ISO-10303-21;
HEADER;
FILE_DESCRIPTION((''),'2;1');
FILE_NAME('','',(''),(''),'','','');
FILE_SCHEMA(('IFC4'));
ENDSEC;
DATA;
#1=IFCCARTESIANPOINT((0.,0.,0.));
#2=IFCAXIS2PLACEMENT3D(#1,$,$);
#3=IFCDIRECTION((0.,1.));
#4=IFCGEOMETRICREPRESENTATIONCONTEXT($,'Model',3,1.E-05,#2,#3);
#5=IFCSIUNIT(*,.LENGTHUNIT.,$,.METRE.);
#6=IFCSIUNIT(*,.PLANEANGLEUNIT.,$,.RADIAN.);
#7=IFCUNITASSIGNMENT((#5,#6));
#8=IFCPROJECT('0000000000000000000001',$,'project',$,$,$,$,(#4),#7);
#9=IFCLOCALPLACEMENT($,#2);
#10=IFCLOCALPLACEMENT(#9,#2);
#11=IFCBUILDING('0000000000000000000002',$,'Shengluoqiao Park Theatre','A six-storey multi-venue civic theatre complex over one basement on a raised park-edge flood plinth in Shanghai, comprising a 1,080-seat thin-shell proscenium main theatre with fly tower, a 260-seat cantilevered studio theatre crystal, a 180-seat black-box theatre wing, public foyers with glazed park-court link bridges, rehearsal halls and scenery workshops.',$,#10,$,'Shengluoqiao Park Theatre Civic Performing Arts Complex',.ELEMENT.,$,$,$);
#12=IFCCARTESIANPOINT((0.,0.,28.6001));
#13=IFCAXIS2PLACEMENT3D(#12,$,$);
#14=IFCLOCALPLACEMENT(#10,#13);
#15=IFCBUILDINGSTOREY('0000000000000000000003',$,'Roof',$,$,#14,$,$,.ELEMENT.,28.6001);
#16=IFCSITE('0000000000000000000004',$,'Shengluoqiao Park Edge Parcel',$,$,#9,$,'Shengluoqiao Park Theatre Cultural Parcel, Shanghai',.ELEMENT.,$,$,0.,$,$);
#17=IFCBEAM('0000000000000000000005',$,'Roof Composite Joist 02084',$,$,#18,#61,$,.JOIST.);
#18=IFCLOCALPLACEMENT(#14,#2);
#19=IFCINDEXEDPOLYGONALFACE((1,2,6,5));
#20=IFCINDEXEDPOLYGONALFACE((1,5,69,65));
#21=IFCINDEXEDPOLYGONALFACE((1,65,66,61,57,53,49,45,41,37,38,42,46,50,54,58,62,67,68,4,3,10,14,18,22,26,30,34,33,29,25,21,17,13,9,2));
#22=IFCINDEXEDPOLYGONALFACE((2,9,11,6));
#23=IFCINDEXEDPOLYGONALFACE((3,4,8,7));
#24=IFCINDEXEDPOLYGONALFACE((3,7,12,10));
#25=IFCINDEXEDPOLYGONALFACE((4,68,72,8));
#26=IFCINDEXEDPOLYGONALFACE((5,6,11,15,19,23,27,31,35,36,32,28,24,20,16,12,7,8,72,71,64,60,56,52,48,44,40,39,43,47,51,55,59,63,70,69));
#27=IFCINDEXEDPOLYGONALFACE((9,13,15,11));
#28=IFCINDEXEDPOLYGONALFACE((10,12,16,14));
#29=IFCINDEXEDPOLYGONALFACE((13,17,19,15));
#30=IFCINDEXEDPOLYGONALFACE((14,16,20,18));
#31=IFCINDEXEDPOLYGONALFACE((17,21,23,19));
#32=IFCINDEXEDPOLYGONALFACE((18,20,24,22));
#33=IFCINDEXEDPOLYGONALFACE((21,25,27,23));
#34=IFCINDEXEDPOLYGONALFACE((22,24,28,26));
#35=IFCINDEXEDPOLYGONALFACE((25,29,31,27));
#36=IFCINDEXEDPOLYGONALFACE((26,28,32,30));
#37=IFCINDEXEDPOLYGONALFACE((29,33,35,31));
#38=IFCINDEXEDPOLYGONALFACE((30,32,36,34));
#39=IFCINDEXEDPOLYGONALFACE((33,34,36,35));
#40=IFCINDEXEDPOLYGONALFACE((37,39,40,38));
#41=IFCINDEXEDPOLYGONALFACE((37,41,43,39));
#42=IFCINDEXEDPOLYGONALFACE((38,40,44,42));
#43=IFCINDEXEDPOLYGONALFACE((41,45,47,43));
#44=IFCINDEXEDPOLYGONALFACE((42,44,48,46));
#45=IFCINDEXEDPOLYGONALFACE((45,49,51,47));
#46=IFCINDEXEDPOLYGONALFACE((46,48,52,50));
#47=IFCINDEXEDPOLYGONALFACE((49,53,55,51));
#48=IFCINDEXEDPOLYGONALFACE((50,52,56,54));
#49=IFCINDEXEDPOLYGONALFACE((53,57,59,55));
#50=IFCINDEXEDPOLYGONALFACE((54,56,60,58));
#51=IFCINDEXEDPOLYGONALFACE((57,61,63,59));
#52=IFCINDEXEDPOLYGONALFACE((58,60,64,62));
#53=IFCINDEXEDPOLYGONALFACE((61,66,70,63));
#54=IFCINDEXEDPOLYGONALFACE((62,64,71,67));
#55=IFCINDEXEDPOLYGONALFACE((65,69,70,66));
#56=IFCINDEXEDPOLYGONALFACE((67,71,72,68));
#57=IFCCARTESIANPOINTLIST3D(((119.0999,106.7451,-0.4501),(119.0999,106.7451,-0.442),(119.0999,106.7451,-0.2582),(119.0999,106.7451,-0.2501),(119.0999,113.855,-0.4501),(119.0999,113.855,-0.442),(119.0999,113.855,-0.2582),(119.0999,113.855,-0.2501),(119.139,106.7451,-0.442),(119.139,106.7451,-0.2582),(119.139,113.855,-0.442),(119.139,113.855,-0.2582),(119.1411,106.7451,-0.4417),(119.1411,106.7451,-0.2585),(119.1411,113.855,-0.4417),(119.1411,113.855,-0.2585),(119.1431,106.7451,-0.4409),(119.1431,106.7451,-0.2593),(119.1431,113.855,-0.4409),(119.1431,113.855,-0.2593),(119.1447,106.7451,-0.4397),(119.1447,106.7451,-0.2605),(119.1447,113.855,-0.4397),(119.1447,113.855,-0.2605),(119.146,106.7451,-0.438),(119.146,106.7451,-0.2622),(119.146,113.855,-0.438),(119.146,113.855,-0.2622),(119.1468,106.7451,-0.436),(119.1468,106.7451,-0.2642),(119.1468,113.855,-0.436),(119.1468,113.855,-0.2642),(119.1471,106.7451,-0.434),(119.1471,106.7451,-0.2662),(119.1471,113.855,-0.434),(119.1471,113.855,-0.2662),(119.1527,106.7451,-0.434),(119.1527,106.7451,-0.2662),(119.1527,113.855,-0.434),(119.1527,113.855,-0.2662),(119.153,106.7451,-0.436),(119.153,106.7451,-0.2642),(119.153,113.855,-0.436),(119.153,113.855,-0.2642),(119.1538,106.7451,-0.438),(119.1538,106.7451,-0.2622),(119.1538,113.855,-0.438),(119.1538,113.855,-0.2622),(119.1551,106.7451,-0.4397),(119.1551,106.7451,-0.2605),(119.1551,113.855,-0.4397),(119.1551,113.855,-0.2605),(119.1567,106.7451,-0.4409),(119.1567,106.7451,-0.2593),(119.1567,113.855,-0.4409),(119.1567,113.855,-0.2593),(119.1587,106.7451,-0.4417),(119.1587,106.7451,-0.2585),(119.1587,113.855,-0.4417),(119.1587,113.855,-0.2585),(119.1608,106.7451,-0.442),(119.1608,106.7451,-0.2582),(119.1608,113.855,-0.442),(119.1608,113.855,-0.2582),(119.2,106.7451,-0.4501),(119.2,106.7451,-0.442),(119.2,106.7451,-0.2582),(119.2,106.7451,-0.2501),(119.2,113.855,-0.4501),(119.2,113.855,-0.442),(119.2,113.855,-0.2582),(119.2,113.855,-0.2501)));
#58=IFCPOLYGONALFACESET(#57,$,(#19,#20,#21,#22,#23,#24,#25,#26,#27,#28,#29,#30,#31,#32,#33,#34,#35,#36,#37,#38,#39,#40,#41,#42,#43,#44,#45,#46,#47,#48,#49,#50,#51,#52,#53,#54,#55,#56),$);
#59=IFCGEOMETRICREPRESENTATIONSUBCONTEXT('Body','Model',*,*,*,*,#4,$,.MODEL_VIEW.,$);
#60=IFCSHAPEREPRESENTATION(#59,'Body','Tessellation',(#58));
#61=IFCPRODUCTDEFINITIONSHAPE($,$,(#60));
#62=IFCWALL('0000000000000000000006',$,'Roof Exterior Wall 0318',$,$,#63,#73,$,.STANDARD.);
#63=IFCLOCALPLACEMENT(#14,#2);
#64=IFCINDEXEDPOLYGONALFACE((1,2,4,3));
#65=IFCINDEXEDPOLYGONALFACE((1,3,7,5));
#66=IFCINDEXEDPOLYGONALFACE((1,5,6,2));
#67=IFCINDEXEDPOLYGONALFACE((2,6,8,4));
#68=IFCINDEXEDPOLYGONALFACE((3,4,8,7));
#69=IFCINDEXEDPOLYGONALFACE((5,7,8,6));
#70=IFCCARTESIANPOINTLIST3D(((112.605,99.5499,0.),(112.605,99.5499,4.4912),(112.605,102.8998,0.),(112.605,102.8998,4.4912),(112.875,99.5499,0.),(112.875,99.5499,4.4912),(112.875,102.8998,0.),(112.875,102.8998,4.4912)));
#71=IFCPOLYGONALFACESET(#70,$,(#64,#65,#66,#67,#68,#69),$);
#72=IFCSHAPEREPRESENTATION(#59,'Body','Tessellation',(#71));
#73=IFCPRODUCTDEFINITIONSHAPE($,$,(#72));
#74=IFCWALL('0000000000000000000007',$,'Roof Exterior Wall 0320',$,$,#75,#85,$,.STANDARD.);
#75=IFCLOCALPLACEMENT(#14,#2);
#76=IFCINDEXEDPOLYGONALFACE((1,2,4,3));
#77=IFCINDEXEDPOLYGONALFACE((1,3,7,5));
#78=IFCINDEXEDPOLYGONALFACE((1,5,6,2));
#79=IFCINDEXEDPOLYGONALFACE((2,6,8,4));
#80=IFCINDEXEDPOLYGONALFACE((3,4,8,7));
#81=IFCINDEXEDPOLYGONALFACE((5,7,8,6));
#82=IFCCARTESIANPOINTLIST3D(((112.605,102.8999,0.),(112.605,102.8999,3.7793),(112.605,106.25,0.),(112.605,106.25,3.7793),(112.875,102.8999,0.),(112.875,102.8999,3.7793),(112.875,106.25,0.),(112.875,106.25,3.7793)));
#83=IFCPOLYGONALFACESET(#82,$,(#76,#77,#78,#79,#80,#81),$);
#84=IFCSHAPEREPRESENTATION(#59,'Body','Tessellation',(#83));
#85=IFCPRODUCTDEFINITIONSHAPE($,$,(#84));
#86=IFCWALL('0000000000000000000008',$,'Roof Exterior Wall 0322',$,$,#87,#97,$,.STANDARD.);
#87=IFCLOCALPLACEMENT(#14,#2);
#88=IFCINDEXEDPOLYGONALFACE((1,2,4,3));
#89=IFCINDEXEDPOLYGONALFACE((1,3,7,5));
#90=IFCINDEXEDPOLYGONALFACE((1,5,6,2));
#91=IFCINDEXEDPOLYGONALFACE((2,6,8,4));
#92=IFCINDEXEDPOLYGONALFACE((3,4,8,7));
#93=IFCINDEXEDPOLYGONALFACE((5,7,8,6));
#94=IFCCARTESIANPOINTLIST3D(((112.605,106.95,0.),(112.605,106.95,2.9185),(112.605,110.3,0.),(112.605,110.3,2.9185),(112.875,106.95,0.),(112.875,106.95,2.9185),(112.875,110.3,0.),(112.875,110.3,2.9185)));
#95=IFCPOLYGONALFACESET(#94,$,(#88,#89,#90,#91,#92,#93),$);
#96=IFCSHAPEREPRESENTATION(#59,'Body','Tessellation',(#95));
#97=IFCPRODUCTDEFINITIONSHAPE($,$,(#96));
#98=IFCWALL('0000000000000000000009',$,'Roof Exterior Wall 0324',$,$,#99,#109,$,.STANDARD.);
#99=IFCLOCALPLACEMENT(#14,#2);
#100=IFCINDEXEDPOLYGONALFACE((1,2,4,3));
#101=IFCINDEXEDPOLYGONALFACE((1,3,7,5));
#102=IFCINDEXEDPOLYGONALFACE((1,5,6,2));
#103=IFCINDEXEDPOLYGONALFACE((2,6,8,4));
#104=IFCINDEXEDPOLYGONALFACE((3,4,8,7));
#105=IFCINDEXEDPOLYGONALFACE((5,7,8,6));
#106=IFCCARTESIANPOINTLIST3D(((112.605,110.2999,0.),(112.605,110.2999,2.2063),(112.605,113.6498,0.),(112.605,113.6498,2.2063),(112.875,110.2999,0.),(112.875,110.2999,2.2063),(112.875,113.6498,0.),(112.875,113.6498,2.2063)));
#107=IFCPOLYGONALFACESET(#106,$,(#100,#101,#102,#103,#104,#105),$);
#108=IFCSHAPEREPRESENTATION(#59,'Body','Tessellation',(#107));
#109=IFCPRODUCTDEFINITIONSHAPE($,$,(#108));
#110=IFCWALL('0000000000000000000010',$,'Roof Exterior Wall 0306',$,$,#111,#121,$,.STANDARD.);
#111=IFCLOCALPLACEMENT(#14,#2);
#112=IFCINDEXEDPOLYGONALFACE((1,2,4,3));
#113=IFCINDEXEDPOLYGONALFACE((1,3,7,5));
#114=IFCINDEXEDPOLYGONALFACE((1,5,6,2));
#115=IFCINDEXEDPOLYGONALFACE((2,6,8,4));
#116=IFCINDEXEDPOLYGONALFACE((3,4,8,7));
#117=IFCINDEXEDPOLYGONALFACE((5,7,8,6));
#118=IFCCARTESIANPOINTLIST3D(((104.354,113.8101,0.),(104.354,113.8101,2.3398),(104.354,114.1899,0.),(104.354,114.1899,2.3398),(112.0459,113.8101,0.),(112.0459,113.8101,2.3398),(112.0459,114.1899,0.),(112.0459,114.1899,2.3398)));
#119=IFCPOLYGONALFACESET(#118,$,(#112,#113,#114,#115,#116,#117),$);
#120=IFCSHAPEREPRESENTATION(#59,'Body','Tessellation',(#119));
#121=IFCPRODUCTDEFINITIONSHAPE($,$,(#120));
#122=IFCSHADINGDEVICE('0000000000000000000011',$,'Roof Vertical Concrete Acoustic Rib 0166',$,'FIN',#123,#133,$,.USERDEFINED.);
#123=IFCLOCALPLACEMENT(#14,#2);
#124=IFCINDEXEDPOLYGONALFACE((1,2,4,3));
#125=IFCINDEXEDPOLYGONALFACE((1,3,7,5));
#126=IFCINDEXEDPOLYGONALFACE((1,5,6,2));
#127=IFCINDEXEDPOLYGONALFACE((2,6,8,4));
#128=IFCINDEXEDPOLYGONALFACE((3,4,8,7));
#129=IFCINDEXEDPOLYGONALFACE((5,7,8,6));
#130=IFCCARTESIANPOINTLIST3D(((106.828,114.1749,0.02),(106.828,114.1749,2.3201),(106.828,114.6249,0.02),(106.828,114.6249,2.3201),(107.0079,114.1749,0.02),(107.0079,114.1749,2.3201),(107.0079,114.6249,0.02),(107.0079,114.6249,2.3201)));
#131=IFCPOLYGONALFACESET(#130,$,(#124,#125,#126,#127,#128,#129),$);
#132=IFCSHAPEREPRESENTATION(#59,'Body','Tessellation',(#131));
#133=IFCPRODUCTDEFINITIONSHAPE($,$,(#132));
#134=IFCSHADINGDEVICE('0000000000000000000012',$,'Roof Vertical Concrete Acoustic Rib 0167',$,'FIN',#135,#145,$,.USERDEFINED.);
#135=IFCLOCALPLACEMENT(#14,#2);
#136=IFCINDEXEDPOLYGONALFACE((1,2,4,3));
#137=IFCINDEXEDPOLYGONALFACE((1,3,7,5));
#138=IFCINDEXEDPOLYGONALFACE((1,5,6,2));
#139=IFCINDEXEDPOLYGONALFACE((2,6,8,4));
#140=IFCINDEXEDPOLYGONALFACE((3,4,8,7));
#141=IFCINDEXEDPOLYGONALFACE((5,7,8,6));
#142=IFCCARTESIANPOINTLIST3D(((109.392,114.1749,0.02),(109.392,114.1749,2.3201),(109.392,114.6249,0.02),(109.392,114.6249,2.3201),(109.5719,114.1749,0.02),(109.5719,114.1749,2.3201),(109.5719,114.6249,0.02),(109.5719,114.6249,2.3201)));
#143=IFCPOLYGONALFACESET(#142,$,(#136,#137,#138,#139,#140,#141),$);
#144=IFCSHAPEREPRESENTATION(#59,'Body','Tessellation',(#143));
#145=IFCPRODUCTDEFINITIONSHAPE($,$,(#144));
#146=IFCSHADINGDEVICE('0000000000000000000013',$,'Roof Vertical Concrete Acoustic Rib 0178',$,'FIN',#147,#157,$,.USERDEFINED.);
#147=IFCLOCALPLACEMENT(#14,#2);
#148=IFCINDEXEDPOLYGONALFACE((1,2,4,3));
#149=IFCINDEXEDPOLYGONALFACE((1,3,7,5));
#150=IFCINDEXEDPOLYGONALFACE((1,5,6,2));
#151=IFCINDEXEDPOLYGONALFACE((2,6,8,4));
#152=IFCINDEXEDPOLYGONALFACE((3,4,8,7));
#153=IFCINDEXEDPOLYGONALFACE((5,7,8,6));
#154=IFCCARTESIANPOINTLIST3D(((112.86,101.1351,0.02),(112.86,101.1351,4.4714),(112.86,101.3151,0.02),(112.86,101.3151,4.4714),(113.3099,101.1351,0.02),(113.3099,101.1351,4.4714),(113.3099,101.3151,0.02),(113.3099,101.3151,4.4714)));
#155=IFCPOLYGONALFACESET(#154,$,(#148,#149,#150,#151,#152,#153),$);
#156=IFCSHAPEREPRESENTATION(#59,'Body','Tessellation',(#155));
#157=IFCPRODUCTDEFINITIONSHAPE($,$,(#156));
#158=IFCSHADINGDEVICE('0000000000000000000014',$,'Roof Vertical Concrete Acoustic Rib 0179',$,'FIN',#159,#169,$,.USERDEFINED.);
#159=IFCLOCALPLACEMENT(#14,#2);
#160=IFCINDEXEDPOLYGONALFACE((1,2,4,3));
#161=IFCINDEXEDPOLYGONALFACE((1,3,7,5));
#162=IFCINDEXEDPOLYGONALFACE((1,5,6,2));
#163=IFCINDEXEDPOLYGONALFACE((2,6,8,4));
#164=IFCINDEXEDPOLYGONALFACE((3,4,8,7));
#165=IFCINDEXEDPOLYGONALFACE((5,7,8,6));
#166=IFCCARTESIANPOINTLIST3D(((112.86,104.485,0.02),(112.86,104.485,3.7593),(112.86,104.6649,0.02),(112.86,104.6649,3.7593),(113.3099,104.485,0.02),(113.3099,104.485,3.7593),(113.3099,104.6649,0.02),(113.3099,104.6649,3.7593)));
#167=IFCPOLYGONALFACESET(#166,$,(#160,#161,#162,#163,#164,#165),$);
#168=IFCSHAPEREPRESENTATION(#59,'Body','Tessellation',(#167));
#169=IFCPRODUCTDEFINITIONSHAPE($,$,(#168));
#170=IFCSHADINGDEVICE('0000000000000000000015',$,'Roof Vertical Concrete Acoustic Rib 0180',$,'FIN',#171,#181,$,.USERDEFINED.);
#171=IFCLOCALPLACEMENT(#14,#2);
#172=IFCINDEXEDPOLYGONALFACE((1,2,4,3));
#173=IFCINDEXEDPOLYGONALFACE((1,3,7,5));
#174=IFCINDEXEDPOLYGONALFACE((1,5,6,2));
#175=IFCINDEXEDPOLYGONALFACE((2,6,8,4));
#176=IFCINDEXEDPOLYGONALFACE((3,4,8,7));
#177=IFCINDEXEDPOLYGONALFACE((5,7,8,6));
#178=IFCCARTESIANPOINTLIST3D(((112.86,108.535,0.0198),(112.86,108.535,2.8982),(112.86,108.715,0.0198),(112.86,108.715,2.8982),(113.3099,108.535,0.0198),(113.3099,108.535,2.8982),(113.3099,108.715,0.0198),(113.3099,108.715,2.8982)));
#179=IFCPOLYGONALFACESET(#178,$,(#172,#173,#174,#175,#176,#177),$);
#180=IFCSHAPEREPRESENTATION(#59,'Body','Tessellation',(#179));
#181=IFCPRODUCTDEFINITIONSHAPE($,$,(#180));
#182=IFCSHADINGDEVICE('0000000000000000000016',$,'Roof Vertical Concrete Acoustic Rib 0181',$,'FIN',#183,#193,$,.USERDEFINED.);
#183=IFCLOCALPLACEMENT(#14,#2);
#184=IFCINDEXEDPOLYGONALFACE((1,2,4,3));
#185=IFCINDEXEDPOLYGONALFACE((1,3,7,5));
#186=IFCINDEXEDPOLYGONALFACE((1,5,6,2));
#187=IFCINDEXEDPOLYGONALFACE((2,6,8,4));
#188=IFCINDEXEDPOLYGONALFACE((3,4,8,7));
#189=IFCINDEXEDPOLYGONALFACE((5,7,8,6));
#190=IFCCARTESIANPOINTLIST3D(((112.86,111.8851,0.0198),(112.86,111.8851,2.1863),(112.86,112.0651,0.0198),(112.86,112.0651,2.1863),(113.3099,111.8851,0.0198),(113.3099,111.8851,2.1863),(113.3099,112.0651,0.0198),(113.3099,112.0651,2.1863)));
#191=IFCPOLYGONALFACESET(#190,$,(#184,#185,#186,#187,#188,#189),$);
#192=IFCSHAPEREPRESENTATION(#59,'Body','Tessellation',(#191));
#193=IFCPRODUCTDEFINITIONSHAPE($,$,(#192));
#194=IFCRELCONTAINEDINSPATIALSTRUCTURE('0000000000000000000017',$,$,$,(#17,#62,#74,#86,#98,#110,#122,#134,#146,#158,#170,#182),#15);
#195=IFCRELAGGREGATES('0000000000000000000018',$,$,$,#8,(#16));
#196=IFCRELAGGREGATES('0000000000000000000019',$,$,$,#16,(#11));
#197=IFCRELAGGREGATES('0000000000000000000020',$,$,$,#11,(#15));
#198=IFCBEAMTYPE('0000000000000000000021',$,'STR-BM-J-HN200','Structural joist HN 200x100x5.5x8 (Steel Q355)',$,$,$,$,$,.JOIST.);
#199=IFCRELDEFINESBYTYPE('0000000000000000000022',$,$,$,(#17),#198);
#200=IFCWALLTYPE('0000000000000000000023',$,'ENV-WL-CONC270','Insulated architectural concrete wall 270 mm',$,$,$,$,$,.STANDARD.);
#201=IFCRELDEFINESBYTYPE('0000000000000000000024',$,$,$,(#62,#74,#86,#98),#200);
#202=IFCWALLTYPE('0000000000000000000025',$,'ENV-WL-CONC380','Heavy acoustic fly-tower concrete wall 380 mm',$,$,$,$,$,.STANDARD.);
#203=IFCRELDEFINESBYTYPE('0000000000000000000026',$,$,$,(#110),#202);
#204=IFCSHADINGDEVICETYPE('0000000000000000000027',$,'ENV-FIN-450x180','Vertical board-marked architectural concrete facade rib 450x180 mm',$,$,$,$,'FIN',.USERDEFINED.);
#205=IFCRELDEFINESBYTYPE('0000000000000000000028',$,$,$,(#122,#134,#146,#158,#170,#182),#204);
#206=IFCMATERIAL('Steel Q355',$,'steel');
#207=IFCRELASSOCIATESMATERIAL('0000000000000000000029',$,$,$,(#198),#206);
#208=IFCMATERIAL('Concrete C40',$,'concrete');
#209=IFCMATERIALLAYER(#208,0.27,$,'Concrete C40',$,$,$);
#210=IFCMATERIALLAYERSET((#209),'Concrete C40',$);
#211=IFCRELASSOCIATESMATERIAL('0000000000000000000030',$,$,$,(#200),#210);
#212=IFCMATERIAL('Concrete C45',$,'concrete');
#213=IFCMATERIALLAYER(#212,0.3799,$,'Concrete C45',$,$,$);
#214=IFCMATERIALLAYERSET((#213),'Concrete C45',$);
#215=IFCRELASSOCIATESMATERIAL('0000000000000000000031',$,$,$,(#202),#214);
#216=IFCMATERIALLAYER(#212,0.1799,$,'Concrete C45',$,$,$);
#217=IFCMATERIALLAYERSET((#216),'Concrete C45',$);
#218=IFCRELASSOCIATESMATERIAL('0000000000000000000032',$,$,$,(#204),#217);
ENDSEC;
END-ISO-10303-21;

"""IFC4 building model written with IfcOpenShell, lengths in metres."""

from ifc_helpers import new_model, si_unit, direction, frame, frame_2d, origin, origin_2d, place, context, subcontext, project, spatial, rectangle, i_section, extrude, material, layer, layer_set, material_profile, profile_set, type_object, element, save


model = new_model("IFC4")

# Units and contexts
model_context = context("Model", 3, precision=1e-05, world=origin(), true_north=direction((0.0, 1.0)))
body_context = subcontext(model_context, "Body", "Model", "MODEL_VIEW")
ifc_project = project(units=[si_unit("LENGTHUNIT", "METRE"), si_unit("PLANEANGLEUNIT", "RADIAN")], contexts=[model_context])

# Site, building, storey
site_placement = place(None, origin())
site = spatial("IfcSite", under=ifc_project, at=site_placement, Name="Shengluoqiao Park Edge Parcel", LongName="Shengluoqiao Park Theatre Cultural Parcel, Shanghai", CompositionType="ELEMENT", RefElevation=0.0)
building_placement = place(site_placement, origin())
building = spatial("IfcBuilding", under=site, at=building_placement, Name="Shengluoqiao Park Theatre", Description="A six-storey multi-venue civic theatre complex over one basement on a raised park-edge flood plinth in Shanghai, comprising a 1,080-seat thin-shell proscenium main theatre with fly tower, a 260-seat cantilevered studio theatre crystal, a 180-seat black-box theatre wing, public foyers with glazed park-court link bridges, rehearsal halls and scenery workshops.", LongName="Shengluoqiao Park Theatre Civic Performing Arts Complex", CompositionType="ELEMENT")
storey_placement = place(building_placement, frame((0.0, 0.0, 28.6001)))
storey = spatial("IfcBuildingStorey", under=building, at=storey_placement, Name="Roof", CompositionType="ELEMENT", Elevation=28.6001)

# Beam
ifc_material_1 = material(Name="Steel Q355", Category="steel")
ifc_material_profile_1 = material_profile(ifc_material_1, i_section(OverallWidth=0.1001, OverallDepth=0.2, WebThickness=0.0056, FlangeThickness=0.0081, FilletRadius=0.0081, at=origin_2d()), Name="HN 200x100x5.5x8")
ifc_profile_set_1 = profile_set([ifc_material_profile_1], Name="Steel Q355")
beam_type_1 = type_object("IfcBeamType", Name="STR-BM-J-HN200", Description="Structural joist HN 200x100x5.5x8 (Steel Q355)", PredefinedType="JOIST", material=ifc_profile_set_1)
for number, where, z_axis, x_axis, name in (
    (1, (119.1499, 106.7451, -0.3501), (0.0, 1.0, 0.0), (-1.0, 0.0, 0.0), "Roof Composite Joist 02084"),
):
    element("IfcBeam", number, at=place(storey_placement, frame(where, z_axis=z_axis, x_axis=x_axis)), inside=storey, type_object=beam_type_1, Name=name, PredefinedType="JOIST", context=body_context, shape_type="SweptSolid", body=[
        extrude(i_section(OverallWidth=0.1001, OverallDepth=0.2, WebThickness=0.0056, FlangeThickness=0.0081, FilletRadius=0.0081, at=origin_2d()), origin(), (0.0, 0.0, 1.0), 7.1099),
    ])

# Walls
ifc_material_2 = material(Name="Concrete C40", Category="concrete")
ifc_layer_1 = layer(ifc_material_2, 0.27, Name="Concrete C40")
ifc_layer_set_1 = layer_set([ifc_layer_1], Name="Concrete C40")
wall_type_1 = type_object("IfcWallType", Name="ENV-WL-CONC270", Description="Insulated architectural concrete wall 270 mm", PredefinedType="STANDARD", material=ifc_layer_set_1)
wall_1_placement = place(storey_placement, frame((112.74, 99.55, 0.0), z_axis=(0.0, 0.0, 1.0), x_axis=(0.0, 1.0, 0.0)))
element("IfcWall", 2, at=wall_1_placement, inside=storey, type_object=wall_type_1, Name="Roof Exterior Wall 0318", PredefinedType="STANDARD", context=body_context, shape_type="SweptSolid", body=[
    extrude(rectangle(XDim=3.3499, YDim=0.27, at=frame_2d((1.6748, 0.0))), origin(), (0.0, 0.0, 1.0), 4.4912),
])
wall_2_placement = place(storey_placement, frame((112.74, 102.8999, 0.0), z_axis=(0.0, 0.0, 1.0), x_axis=(0.0, 1.0, 0.0)))
element("IfcWall", 3, at=wall_2_placement, inside=storey, type_object=wall_type_1, Name="Roof Exterior Wall 0320", PredefinedType="STANDARD", context=body_context, shape_type="SweptSolid", body=[
    extrude(rectangle(XDim=3.3501, YDim=0.27, at=frame_2d((1.675, 0.0))), origin(), (0.0, 0.0, 1.0), 3.7793),
])
wall_3_placement = place(storey_placement, frame((112.74, 106.95, 0.0), z_axis=(0.0, 0.0, 1.0), x_axis=(0.0, 1.0, 0.0)))
element("IfcWall", 4, at=wall_3_placement, inside=storey, type_object=wall_type_1, Name="Roof Exterior Wall 0322", PredefinedType="STANDARD", context=body_context, shape_type="SweptSolid", body=[
    extrude(rectangle(XDim=3.3501, YDim=0.27, at=frame_2d((1.675, 0.0))), origin(), (0.0, 0.0, 1.0), 2.9185),
])
wall_4_placement = place(storey_placement, frame((112.74, 110.3, 0.0), z_axis=(0.0, 0.0, 1.0), x_axis=(0.0, 1.0, 0.0)))
element("IfcWall", 5, at=wall_4_placement, inside=storey, type_object=wall_type_1, Name="Roof Exterior Wall 0324", PredefinedType="STANDARD", context=body_context, shape_type="SweptSolid", body=[
    extrude(rectangle(XDim=3.3499, YDim=0.27, at=frame_2d((1.6748, 0.0))), origin(), (0.0, 0.0, 1.0), 2.2063),
])
ifc_material_3 = material(Name="Concrete C45", Category="concrete")
ifc_layer_2 = layer(ifc_material_3, 0.3799, Name="Concrete C45")
ifc_layer_set_2 = layer_set([ifc_layer_2], Name="Concrete C45")
wall_type_2 = type_object("IfcWallType", Name="ENV-WL-CONC380", Description="Heavy acoustic fly-tower concrete wall 380 mm", PredefinedType="STANDARD", material=ifc_layer_set_2)
wall_5_placement = place(storey_placement, frame((104.354, 114.0, 0.0), z_axis=(0.0, 0.0, 1.0), x_axis=(1.0, 0.0, 0.0)))
element("IfcWall", 6, at=wall_5_placement, inside=storey, type_object=wall_type_2, Name="Roof Exterior Wall 0306", PredefinedType="STANDARD", context=body_context, shape_type="SweptSolid", body=[
    extrude(rectangle(XDim=7.6919, YDim=0.3799, at=frame_2d((3.8459, 0.0))), origin(), (0.0, 0.0, 1.0), 2.3398),
])

# Shading devices
ifc_layer_3 = layer(ifc_material_3, 0.1799, Name="Concrete C45")
ifc_layer_set_3 = layer_set([ifc_layer_3], Name="Concrete C45")
shading_device_type = type_object("IfcShadingDeviceType", Name="ENV-FIN-450x180", Description="Vertical board-marked architectural concrete facade rib 450x180 mm", ElementType="FIN", PredefinedType="USERDEFINED", material=ifc_layer_set_3)
for number, where, z_axis, x_axis, name in (
    (7, (106.918, 114.3999, 0.02), (0.0, 0.0, 1.0), (0.0, 1.0, 0.0), "Roof Vertical Concrete Acoustic Rib 0166"),
    (8, (109.4819, 114.3999, 0.02), (0.0, 0.0, 1.0), (0.0, 1.0, 0.0), "Roof Vertical Concrete Acoustic Rib 0167"),
):
    element("IfcShadingDevice", number, at=place(storey_placement, frame(where, z_axis=z_axis, x_axis=x_axis)), inside=storey, type_object=shading_device_type, Name=name, ObjectType="FIN", PredefinedType="USERDEFINED", context=body_context, shape_type="SweptSolid", body=[
        extrude(rectangle(XDim=0.45, YDim=0.1799, at=origin_2d()), origin(), (0.0, 0.0, 1.0), 2.3),
    ])
shading_device_1_placement = place(storey_placement, frame((113.085, 101.2251, 0.02), z_axis=(0.0, 0.0, 1.0), x_axis=(1.0, 0.0, 0.0)))
element("IfcShadingDevice", 9, at=shading_device_1_placement, inside=storey, type_object=shading_device_type, Name="Roof Vertical Concrete Acoustic Rib 0178", ObjectType="FIN", PredefinedType="USERDEFINED", context=body_context, shape_type="SweptSolid", body=[
    extrude(rectangle(XDim=0.45, YDim=0.1799, at=origin_2d()), origin(), (0.0, 0.0, 1.0), 4.4514),
])
shading_device_2_placement = place(storey_placement, frame((113.085, 104.575, 0.02), z_axis=(0.0, 0.0, 1.0), x_axis=(1.0, 0.0, 0.0)))
element("IfcShadingDevice", 10, at=shading_device_2_placement, inside=storey, type_object=shading_device_type, Name="Roof Vertical Concrete Acoustic Rib 0179", ObjectType="FIN", PredefinedType="USERDEFINED", context=body_context, shape_type="SweptSolid", body=[
    extrude(rectangle(XDim=0.45, YDim=0.1799, at=origin_2d()), origin(), (0.0, 0.0, 1.0), 3.7393),
])
shading_device_3_placement = place(storey_placement, frame((113.085, 108.625, 0.0198), z_axis=(0.0, 0.0, 1.0), x_axis=(1.0, 0.0, 0.0)))
element("IfcShadingDevice", 11, at=shading_device_3_placement, inside=storey, type_object=shading_device_type, Name="Roof Vertical Concrete Acoustic Rib 0180", ObjectType="FIN", PredefinedType="USERDEFINED", context=body_context, shape_type="SweptSolid", body=[
    extrude(rectangle(XDim=0.45, YDim=0.1799, at=origin_2d()), origin(), (0.0, 0.0, 1.0), 2.8784),
])
shading_device_4_placement = place(storey_placement, frame((113.085, 111.9751, 0.0198), z_axis=(0.0, 0.0, 1.0), x_axis=(1.0, 0.0, 0.0)))
element("IfcShadingDevice", 12, at=shading_device_4_placement, inside=storey, type_object=shading_device_type, Name="Roof Vertical Concrete Acoustic Rib 0181", ObjectType="FIN", PredefinedType="USERDEFINED", context=body_context, shape_type="SweptSolid", body=[
    extrude(rectangle(XDim=0.45, YDim=0.1799, at=origin_2d()), origin(), (0.0, 0.0, 1.0), 2.1665),
])

save(model, "model.ifc")
